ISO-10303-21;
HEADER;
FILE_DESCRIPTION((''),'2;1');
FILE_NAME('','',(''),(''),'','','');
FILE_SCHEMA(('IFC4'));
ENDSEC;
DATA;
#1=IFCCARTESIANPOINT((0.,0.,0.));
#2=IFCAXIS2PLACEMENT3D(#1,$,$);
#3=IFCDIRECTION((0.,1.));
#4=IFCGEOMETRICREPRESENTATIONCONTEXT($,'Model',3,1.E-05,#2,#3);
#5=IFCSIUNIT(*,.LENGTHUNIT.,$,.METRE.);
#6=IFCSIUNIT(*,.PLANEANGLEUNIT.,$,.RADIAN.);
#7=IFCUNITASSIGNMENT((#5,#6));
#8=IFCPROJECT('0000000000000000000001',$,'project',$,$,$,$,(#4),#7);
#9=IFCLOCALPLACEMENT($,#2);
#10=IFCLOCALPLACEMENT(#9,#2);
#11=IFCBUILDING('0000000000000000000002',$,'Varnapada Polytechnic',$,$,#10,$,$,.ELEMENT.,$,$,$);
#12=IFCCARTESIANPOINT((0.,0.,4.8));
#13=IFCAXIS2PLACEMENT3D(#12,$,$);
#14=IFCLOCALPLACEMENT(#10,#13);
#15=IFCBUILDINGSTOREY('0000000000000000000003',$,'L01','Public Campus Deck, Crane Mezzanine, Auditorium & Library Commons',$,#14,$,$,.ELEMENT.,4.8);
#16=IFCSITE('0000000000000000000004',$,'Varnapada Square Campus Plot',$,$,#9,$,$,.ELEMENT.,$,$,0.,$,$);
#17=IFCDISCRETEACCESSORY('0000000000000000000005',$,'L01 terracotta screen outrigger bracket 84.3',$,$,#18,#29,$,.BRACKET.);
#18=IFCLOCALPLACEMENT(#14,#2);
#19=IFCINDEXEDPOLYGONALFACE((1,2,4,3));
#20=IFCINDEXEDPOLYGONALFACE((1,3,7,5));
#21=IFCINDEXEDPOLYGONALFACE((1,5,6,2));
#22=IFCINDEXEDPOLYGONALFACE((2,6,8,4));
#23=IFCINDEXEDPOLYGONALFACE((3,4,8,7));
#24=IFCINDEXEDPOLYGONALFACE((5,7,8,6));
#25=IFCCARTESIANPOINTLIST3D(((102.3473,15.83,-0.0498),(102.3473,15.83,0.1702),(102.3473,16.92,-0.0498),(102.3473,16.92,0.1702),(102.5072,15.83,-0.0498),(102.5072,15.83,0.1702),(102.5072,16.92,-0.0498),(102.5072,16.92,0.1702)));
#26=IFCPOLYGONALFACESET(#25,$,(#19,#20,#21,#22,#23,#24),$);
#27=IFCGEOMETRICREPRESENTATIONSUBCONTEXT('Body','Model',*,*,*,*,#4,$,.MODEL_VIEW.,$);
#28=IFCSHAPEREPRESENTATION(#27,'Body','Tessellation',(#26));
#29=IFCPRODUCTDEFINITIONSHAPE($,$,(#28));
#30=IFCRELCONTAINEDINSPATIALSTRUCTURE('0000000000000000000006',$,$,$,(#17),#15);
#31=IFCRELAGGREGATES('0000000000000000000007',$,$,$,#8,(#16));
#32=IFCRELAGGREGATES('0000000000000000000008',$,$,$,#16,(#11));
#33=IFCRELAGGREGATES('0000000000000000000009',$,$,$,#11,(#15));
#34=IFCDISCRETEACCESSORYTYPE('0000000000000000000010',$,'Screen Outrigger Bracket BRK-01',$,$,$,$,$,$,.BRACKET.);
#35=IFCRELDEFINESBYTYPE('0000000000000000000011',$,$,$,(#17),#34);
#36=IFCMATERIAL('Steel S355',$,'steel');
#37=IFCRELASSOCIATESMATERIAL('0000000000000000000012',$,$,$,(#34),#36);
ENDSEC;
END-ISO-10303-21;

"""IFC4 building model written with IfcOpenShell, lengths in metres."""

from ifc_helpers import new_model, si_unit, direction, frame, origin, origin_2d, place, context, subcontext, project, spatial, rectangle, extrude, material, type_object, element, save


model = new_model("IFC4")

# Units and contexts
model_context = context("Model", 3, precision=1e-05, world=origin(), true_north=direction((0.0, 1.0)))
body_context = subcontext(model_context, "Body", "Model", "MODEL_VIEW")
ifc_project = project(units=[si_unit("LENGTHUNIT", "METRE"), si_unit("PLANEANGLEUNIT", "RADIAN")], contexts=[model_context])

# Site, building, storey
site_placement = place(None, origin())
site = spatial("IfcSite", under=ifc_project, at=site_placement, Name="Varnapada Square Campus Plot", CompositionType="ELEMENT", RefElevation=0.0)
building_placement = place(site_placement, origin())
building = spatial("IfcBuilding", under=site, at=building_placement, Name="Varnapada Polytechnic", CompositionType="ELEMENT")
storey_placement = place(building_placement, frame((0.0, 0.0, 4.8)))
storey = spatial("IfcBuildingStorey", under=building, at=storey_placement, Name="L01", Description="Public Campus Deck, Crane Mezzanine, Auditorium & Library Commons", CompositionType="ELEMENT", Elevation=4.8)

# Shared definitions
ifc_material_1 = material(Name="Steel S355", Category="steel")

# Discrete accessory
discrete_accessory_type = type_object("IfcDiscreteAccessoryType", Name="Screen Outrigger Bracket BRK-01", PredefinedType="BRACKET", material=ifc_material_1)
for number, where, z_axis, x_axis, name in (
    (1, (102.4272, 16.375, -0.0498), (0.0, 0.0, 1.0), (-1.0, 0.0, 0.0), "L01 terracotta screen outrigger bracket 84.3"),
):
    element("IfcDiscreteAccessory", number, at=place(storey_placement, frame(where, z_axis=z_axis, x_axis=x_axis)), inside=storey, type_object=discrete_accessory_type, Name=name, PredefinedType="BRACKET", context=body_context, shape_type="SweptSolid", body=[
        extrude(rectangle(XDim=0.1599, YDim=1.0901, at=origin_2d()), origin(), (0.0, 0.0, 1.0), 0.22),
    ])

save(model, "model.ifc")
